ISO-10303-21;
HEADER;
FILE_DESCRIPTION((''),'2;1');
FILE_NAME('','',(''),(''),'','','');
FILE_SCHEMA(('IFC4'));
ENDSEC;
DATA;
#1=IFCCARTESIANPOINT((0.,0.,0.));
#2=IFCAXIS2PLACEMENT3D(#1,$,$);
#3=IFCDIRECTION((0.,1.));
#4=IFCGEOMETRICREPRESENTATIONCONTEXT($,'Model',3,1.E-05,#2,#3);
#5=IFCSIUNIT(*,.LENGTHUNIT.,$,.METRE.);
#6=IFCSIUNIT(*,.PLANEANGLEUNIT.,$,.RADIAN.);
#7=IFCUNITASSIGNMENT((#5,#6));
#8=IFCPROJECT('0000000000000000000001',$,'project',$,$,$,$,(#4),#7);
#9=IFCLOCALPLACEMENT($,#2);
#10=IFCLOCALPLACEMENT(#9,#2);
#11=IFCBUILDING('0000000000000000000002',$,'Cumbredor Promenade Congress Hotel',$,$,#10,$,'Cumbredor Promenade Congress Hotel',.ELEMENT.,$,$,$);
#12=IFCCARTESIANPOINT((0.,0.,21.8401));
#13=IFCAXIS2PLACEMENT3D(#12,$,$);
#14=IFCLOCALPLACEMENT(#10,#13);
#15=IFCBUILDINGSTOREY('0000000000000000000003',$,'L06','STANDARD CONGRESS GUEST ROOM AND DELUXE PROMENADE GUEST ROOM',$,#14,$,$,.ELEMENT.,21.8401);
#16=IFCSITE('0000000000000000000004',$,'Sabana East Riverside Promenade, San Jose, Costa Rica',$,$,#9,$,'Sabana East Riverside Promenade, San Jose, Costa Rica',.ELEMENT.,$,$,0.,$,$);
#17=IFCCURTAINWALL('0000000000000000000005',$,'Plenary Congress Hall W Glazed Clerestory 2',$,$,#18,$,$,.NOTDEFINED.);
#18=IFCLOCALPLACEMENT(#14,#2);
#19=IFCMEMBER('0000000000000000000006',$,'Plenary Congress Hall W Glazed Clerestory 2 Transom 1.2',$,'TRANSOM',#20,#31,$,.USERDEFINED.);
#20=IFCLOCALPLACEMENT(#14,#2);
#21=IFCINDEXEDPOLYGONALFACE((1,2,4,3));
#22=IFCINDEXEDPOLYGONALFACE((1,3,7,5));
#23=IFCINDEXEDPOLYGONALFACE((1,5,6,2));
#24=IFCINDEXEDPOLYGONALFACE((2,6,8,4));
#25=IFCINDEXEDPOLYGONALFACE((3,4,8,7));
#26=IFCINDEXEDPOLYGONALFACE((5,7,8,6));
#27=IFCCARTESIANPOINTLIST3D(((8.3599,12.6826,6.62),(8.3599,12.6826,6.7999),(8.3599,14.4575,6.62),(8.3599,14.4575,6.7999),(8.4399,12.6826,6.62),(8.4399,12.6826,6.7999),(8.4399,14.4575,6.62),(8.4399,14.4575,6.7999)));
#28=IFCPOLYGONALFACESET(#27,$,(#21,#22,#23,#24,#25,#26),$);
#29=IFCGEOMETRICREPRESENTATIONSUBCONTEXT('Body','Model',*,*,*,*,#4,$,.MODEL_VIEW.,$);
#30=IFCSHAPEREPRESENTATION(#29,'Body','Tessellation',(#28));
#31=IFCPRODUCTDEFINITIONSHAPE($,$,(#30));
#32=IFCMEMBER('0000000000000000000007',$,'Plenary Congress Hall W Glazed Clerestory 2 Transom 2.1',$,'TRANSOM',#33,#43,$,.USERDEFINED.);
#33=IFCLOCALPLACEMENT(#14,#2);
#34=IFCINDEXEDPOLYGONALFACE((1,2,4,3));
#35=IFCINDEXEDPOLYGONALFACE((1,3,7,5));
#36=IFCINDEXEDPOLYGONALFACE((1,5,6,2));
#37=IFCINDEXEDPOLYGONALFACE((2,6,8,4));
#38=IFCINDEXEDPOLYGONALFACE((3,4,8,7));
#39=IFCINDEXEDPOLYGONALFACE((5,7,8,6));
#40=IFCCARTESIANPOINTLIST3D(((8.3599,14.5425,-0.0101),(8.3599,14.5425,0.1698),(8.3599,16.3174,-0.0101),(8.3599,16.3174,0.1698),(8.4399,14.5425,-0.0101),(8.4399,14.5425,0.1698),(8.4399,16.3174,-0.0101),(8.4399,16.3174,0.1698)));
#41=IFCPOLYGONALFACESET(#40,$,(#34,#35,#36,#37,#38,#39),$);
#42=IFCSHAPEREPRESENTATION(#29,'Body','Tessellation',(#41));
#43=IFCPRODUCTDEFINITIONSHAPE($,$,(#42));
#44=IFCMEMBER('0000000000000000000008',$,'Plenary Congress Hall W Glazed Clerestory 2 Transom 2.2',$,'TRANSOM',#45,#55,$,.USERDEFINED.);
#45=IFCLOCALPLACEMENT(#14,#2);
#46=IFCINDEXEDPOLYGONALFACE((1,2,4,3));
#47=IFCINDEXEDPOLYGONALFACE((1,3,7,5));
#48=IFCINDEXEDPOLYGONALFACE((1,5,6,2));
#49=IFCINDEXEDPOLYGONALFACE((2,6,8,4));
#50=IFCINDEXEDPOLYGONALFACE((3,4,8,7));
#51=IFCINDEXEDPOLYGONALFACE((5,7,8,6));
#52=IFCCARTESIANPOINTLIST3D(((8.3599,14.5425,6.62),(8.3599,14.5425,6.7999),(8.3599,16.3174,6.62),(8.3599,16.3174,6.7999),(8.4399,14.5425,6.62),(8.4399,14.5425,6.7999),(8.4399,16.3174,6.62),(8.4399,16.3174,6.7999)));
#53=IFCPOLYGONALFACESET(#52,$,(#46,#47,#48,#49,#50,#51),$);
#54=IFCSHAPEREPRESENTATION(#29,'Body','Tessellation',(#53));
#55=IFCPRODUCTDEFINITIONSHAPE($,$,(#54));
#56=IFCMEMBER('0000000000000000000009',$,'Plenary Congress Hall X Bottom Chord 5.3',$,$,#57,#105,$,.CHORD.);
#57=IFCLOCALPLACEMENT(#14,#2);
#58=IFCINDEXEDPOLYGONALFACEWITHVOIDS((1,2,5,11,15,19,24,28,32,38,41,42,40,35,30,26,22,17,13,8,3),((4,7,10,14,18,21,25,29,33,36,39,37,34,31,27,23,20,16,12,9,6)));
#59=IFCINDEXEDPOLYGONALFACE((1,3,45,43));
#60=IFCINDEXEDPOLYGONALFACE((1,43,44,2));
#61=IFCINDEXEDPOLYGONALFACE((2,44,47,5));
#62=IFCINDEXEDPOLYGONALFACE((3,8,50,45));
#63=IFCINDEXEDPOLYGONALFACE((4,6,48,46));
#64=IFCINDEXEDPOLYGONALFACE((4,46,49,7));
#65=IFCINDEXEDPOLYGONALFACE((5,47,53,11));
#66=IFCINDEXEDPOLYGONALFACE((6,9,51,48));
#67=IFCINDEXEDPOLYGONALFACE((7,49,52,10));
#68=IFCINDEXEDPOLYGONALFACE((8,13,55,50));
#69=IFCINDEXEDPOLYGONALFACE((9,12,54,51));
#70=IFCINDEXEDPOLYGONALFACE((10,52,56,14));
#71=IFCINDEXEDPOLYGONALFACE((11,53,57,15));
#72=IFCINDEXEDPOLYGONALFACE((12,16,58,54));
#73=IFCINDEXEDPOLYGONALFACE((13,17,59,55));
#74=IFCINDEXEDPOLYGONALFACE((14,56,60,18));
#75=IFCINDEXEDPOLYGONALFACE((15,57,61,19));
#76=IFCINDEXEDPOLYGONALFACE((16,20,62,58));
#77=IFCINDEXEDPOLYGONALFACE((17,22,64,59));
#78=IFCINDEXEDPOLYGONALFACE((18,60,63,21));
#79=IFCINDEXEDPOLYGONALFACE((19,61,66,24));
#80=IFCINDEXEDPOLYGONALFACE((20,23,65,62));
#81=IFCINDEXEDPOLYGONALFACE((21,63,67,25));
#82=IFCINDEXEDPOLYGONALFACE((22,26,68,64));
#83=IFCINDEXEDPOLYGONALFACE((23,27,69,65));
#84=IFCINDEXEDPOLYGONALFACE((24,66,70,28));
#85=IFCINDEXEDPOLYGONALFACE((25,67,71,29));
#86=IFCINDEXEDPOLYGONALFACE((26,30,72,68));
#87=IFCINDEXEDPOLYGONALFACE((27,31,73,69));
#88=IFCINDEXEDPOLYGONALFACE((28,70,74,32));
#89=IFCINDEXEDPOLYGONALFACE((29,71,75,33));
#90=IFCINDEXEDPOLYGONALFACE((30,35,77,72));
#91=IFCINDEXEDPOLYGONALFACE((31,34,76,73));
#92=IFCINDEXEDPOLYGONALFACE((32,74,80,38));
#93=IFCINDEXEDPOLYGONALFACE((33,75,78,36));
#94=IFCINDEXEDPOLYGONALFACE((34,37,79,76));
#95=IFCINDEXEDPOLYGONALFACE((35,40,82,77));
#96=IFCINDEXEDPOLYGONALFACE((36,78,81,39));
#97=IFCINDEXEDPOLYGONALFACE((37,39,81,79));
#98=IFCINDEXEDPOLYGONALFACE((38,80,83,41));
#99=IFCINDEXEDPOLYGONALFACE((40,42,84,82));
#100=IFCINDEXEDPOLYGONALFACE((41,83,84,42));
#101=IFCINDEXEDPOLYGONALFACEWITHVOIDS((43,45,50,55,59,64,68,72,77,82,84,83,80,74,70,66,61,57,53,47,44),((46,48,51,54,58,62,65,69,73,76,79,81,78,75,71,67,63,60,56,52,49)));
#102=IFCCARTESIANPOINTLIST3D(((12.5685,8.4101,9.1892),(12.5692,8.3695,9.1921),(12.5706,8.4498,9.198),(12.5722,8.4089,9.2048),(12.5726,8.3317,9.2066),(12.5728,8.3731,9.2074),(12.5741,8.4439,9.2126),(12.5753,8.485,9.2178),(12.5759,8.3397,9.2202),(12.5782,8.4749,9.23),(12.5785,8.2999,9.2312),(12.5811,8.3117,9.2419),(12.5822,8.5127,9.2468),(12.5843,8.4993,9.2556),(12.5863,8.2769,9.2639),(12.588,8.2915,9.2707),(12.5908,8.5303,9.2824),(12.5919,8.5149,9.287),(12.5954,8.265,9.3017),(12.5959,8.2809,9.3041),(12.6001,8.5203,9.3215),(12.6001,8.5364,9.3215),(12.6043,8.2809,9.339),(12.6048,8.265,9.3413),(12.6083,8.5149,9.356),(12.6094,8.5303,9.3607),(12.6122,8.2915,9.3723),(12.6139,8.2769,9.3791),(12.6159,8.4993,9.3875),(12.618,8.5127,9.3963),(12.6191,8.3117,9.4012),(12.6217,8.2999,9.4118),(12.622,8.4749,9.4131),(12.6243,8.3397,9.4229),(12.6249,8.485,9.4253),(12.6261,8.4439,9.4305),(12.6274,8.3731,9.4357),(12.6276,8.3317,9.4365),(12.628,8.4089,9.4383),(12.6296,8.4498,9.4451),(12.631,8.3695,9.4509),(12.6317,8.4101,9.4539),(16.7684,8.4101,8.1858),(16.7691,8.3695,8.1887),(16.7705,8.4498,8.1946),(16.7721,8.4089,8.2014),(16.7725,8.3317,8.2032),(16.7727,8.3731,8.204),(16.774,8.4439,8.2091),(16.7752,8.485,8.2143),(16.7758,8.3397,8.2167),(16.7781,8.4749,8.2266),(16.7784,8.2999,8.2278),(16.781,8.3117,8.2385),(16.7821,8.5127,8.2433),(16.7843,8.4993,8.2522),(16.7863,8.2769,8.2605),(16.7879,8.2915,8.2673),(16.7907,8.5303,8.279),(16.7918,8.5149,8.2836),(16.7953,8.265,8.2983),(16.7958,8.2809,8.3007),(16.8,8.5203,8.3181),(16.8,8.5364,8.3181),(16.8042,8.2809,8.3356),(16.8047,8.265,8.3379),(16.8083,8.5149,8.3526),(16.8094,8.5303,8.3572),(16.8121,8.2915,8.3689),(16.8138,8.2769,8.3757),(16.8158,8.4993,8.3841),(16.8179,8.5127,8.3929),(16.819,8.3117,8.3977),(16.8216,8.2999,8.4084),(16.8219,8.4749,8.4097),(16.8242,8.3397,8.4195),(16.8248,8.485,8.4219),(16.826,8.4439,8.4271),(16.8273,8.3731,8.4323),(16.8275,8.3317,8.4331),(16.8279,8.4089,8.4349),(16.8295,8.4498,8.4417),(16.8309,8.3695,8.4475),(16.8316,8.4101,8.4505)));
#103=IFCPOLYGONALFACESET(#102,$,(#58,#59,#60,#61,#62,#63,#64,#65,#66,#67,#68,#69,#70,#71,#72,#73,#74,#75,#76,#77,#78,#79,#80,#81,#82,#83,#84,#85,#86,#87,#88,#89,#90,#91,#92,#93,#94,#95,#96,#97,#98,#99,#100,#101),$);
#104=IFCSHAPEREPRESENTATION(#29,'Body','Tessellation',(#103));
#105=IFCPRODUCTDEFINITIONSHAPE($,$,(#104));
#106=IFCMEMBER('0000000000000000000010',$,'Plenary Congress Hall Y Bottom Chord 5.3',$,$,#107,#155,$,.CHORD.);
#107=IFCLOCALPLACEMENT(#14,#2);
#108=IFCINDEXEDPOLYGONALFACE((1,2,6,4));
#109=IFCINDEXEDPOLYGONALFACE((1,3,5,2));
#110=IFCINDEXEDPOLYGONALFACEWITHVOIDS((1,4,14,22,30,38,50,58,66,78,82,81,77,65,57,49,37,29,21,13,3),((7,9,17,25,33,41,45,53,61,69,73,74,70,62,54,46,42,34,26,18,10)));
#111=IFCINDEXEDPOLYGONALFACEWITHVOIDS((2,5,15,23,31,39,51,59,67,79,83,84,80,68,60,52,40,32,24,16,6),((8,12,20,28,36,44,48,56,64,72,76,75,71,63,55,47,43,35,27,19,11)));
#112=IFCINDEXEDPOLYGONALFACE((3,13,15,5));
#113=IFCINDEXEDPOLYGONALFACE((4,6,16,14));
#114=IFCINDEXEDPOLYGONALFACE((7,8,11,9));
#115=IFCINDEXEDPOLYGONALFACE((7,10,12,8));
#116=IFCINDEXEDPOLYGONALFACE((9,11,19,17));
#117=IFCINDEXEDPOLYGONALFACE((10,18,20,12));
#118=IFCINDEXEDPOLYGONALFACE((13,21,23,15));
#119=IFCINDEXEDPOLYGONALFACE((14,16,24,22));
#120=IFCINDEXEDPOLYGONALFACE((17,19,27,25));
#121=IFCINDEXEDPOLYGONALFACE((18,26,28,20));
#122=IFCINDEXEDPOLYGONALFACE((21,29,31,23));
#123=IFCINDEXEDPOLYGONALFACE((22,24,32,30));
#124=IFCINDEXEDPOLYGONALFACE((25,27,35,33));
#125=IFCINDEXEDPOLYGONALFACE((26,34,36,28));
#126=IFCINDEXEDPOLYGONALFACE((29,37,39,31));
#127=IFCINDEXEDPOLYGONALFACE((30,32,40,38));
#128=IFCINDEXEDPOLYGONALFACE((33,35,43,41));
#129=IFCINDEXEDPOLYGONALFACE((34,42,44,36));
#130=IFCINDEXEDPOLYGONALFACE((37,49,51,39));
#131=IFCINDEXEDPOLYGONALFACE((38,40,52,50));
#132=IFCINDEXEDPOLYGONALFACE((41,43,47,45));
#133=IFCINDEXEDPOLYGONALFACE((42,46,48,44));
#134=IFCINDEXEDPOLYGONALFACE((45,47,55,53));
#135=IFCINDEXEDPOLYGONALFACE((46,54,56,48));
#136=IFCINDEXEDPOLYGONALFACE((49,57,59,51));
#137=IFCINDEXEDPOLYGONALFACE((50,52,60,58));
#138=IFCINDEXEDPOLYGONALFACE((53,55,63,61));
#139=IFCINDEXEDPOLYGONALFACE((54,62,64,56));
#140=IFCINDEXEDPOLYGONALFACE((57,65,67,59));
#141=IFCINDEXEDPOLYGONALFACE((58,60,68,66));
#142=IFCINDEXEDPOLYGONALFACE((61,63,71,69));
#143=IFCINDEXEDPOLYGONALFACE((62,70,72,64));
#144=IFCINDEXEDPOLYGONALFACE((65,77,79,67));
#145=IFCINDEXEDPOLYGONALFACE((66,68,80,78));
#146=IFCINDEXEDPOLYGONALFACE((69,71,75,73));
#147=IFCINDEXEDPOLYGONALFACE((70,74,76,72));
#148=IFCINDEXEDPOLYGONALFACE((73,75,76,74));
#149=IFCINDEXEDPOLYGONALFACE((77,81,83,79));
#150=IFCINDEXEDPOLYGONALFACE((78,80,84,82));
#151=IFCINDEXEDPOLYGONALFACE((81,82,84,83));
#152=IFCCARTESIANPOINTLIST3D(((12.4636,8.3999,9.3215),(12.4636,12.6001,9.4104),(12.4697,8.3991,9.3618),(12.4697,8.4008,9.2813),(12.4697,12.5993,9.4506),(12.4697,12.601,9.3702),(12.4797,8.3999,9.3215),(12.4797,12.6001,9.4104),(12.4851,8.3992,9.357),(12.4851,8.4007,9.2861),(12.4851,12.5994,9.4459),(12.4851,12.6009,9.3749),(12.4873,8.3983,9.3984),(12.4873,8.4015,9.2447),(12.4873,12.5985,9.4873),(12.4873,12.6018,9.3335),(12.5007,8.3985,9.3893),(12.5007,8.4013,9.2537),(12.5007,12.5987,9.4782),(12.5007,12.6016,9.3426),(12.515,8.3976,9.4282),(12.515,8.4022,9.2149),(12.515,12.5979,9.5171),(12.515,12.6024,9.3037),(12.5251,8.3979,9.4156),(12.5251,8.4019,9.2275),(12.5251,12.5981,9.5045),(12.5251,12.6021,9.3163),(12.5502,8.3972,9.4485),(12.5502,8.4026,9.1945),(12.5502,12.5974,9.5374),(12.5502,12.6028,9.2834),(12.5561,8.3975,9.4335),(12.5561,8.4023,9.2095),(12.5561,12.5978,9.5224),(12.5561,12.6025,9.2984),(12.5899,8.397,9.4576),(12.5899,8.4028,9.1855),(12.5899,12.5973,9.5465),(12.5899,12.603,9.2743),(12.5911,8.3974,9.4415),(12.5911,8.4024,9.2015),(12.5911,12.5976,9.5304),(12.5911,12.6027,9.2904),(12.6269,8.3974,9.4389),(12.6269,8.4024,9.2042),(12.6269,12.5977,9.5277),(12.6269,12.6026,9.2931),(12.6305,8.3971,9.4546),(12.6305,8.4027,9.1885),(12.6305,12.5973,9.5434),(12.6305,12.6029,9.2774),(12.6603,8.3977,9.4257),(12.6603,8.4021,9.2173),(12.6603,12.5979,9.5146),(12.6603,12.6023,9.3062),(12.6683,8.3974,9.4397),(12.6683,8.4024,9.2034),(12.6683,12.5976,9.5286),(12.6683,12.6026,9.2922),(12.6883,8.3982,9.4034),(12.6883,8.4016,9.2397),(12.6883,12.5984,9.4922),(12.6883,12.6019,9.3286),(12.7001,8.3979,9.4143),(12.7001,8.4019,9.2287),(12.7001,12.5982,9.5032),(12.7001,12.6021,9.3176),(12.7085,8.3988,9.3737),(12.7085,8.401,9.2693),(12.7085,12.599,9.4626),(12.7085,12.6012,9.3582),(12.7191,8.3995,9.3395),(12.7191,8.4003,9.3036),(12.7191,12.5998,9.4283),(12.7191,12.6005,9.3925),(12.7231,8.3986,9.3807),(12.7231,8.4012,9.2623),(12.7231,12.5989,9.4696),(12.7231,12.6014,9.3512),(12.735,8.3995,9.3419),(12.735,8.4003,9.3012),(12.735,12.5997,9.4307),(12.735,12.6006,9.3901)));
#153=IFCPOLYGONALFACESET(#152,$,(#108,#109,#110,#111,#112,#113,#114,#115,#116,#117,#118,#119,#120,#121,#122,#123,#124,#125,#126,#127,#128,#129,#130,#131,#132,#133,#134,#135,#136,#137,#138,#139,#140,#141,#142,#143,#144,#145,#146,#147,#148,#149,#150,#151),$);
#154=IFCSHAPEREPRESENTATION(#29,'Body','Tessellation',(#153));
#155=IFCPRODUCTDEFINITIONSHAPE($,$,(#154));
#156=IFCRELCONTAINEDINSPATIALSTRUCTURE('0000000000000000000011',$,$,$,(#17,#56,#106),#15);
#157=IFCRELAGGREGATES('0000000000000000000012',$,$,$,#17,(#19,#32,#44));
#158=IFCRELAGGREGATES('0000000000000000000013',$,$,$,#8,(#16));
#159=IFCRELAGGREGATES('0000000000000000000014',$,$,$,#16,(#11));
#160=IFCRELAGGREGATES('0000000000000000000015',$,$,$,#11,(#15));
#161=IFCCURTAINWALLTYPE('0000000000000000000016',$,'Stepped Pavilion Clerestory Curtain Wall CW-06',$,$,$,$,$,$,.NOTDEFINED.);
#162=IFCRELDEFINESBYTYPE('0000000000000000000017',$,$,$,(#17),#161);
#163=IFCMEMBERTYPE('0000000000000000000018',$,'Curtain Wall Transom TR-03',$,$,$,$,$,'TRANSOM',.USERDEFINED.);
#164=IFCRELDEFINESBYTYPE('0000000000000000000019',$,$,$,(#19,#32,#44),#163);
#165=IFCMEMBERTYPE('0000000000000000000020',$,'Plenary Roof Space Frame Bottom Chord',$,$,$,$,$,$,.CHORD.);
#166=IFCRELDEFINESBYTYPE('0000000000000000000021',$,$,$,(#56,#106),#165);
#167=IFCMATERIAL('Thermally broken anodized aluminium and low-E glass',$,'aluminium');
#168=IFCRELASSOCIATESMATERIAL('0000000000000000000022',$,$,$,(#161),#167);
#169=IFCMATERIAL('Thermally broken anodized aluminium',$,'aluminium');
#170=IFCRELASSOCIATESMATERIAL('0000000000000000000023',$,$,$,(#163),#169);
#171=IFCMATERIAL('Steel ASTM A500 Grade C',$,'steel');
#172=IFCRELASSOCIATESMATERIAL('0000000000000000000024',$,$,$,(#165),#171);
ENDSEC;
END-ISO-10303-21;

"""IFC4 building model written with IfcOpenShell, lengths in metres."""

from ifc_helpers import new_model, si_unit, direction, frame, origin, origin_2d, place, context, subcontext, project, spatial, rectangle, hollow_circle, extrude, material, material_profile, profile_set, type_object, element, aggregate, save


model = new_model("IFC4")

# Units and contexts
model_context = context("Model", 3, precision=1e-05, world=origin(), true_north=direction((0.0, 1.0)))
body_context = subcontext(model_context, "Body", "Model", "MODEL_VIEW")
ifc_project = project(units=[si_unit("LENGTHUNIT", "METRE"), si_unit("PLANEANGLEUNIT", "RADIAN")], contexts=[model_context])

# Site, building, storey
site_placement = place(None, origin())
site = spatial("IfcSite", under=ifc_project, at=site_placement, Name="Sabana East Riverside Promenade, San Jose, Costa Rica", LongName="Sabana East Riverside Promenade, San Jose, Costa Rica", CompositionType="ELEMENT", RefElevation=0.0)
building_placement = place(site_placement, origin())
building = spatial("IfcBuilding", under=site, at=building_placement, Name="Cumbredor Promenade Congress Hotel", LongName="Cumbredor Promenade Congress Hotel", CompositionType="ELEMENT")
storey_placement = place(building_placement, frame((0.0, 0.0, 21.8401)))
storey = spatial("IfcBuildingStorey", under=building, at=storey_placement, Name="L06", Description="STANDARD CONGRESS GUEST ROOM AND DELUXE PROMENADE GUEST ROOM", CompositionType="ELEMENT", Elevation=21.8401)

# Curtain wall
ifc_material_1 = material(Name="Thermally broken anodized aluminium and low-E glass", Category="aluminium")
curtain_wall_type = type_object("IfcCurtainWallType", Name="Stepped Pavilion Clerestory Curtain Wall CW-06", PredefinedType="NOTDEFINED", material=ifc_material_1)
ifc_material_2 = material(Name="Thermally broken anodized aluminium", Category="aluminium")
curtain_wall_1_placement = place(storey_placement, origin())
curtain_wall_1 = element("IfcCurtainWall", 1, at=curtain_wall_1_placement, inside=storey, type_object=curtain_wall_type, Name="Plenary Congress Hall W Glazed Clerestory 2", PredefinedType="NOTDEFINED")
ifc_material_profile_1 = material_profile(ifc_material_2, rectangle(XDim=0.0801, YDim=0.1799, at=origin_2d()), Name="ALU TRANSOM 80x180")
ifc_profile_set_1 = profile_set([ifc_material_profile_1], Name="Thermally broken anodized aluminium")
member_type_1 = type_object("IfcMemberType", Name="Curtain Wall Transom TR-03", ElementType="TRANSOM", PredefinedType="USERDEFINED", material=ifc_profile_set_1)

# Members
member_1_placement = place(storey_placement, frame((8.3999, 12.6826, 6.71), z_axis=(0.0, 1.0, 0.0), x_axis=(-1.0, 0.0, 0.0)))
member_1 = element("IfcMember", 2, at=member_1_placement, type_object=member_type_1, Name="Plenary Congress Hall W Glazed Clerestory 2 Transom 1.2", ObjectType="TRANSOM", PredefinedType="USERDEFINED", context=body_context, shape_type="SweptSolid", body=[
    extrude(rectangle(XDim=0.0801, YDim=0.1799, at=origin_2d()), origin(), (0.0, 0.0, 1.0), 1.7749),
])
member_2_placement = place(storey_placement, frame((8.3999, 14.5425, 0.0798), z_axis=(0.0, 1.0, 0.0), x_axis=(-1.0, 0.0, 0.0)))
member_2 = element("IfcMember", 3, at=member_2_placement, type_object=member_type_1, Name="Plenary Congress Hall W Glazed Clerestory 2 Transom 2.1", ObjectType="TRANSOM", PredefinedType="USERDEFINED", context=body_context, shape_type="SweptSolid", body=[
    extrude(rectangle(XDim=0.0801, YDim=0.1799, at=origin_2d()), origin(), (0.0, 0.0, 1.0), 1.7749),
])
member_3_placement = place(storey_placement, frame((8.3999, 14.5425, 6.71), z_axis=(0.0, 1.0, 0.0), x_axis=(-1.0, 0.0, 0.0)))
member_3 = element("IfcMember", 4, at=member_3_placement, type_object=member_type_1, Name="Plenary Congress Hall W Glazed Clerestory 2 Transom 2.2", ObjectType="TRANSOM", PredefinedType="USERDEFINED", context=body_context, shape_type="SweptSolid", body=[
    extrude(rectangle(XDim=0.0801, YDim=0.1799, at=origin_2d()), origin(), (0.0, 0.0, 1.0), 1.7749),
])

# Members
ifc_material_3 = material(Name="Steel ASTM A500 Grade C", Category="steel")
ifc_material_profile_2 = material_profile(ifc_material_3, hollow_circle(Radius=0.1365, WallThickness=0.0161, at=origin_2d()), Name="CHS 273.0x16")
ifc_profile_set_2 = profile_set([ifc_material_profile_2], Name="Steel ASTM A500 Grade C")
member_type_2 = type_object("IfcMemberType", Name="Plenary Roof Space Frame Bottom Chord", PredefinedType="CHORD", material=ifc_profile_set_2)
member_4_placement = place(storey_placement, frame((12.6001, 8.3999, 9.3215), z_axis=(0.972627, 0.0, -0.232372), x_axis=(0.0, 1.0, 0.0)))
element("IfcMember", 5, at=member_4_placement, inside=storey, type_object=member_type_2, Name="Plenary Congress Hall X Bottom Chord 5.3", PredefinedType="CHORD", context=body_context, shape_type="SweptSolid", body=[
    extrude(hollow_circle(Radius=0.1365, WallThickness=0.0161, at=origin_2d()), origin(), (0.0, 0.0, 1.0), 4.3181),
])
member_5_placement = place(storey_placement, frame((12.6001, 8.3999, 9.3215), z_axis=(0.0, 0.999776, 0.021153), x_axis=(-1.0, 0.0, 0.0)))
element("IfcMember", 6, at=member_5_placement, inside=storey, type_object=member_type_2, Name="Plenary Congress Hall Y Bottom Chord 5.3", PredefinedType="CHORD", context=body_context, shape_type="SweptSolid", body=[
    extrude(hollow_circle(Radius=0.1365, WallThickness=0.0161, at=origin_2d()), origin(), (0.0, 0.0, 1.0), 4.2012),
])

aggregate(curtain_wall_1, [member_1, member_2, member_3])

save(model, "model.ifc")
